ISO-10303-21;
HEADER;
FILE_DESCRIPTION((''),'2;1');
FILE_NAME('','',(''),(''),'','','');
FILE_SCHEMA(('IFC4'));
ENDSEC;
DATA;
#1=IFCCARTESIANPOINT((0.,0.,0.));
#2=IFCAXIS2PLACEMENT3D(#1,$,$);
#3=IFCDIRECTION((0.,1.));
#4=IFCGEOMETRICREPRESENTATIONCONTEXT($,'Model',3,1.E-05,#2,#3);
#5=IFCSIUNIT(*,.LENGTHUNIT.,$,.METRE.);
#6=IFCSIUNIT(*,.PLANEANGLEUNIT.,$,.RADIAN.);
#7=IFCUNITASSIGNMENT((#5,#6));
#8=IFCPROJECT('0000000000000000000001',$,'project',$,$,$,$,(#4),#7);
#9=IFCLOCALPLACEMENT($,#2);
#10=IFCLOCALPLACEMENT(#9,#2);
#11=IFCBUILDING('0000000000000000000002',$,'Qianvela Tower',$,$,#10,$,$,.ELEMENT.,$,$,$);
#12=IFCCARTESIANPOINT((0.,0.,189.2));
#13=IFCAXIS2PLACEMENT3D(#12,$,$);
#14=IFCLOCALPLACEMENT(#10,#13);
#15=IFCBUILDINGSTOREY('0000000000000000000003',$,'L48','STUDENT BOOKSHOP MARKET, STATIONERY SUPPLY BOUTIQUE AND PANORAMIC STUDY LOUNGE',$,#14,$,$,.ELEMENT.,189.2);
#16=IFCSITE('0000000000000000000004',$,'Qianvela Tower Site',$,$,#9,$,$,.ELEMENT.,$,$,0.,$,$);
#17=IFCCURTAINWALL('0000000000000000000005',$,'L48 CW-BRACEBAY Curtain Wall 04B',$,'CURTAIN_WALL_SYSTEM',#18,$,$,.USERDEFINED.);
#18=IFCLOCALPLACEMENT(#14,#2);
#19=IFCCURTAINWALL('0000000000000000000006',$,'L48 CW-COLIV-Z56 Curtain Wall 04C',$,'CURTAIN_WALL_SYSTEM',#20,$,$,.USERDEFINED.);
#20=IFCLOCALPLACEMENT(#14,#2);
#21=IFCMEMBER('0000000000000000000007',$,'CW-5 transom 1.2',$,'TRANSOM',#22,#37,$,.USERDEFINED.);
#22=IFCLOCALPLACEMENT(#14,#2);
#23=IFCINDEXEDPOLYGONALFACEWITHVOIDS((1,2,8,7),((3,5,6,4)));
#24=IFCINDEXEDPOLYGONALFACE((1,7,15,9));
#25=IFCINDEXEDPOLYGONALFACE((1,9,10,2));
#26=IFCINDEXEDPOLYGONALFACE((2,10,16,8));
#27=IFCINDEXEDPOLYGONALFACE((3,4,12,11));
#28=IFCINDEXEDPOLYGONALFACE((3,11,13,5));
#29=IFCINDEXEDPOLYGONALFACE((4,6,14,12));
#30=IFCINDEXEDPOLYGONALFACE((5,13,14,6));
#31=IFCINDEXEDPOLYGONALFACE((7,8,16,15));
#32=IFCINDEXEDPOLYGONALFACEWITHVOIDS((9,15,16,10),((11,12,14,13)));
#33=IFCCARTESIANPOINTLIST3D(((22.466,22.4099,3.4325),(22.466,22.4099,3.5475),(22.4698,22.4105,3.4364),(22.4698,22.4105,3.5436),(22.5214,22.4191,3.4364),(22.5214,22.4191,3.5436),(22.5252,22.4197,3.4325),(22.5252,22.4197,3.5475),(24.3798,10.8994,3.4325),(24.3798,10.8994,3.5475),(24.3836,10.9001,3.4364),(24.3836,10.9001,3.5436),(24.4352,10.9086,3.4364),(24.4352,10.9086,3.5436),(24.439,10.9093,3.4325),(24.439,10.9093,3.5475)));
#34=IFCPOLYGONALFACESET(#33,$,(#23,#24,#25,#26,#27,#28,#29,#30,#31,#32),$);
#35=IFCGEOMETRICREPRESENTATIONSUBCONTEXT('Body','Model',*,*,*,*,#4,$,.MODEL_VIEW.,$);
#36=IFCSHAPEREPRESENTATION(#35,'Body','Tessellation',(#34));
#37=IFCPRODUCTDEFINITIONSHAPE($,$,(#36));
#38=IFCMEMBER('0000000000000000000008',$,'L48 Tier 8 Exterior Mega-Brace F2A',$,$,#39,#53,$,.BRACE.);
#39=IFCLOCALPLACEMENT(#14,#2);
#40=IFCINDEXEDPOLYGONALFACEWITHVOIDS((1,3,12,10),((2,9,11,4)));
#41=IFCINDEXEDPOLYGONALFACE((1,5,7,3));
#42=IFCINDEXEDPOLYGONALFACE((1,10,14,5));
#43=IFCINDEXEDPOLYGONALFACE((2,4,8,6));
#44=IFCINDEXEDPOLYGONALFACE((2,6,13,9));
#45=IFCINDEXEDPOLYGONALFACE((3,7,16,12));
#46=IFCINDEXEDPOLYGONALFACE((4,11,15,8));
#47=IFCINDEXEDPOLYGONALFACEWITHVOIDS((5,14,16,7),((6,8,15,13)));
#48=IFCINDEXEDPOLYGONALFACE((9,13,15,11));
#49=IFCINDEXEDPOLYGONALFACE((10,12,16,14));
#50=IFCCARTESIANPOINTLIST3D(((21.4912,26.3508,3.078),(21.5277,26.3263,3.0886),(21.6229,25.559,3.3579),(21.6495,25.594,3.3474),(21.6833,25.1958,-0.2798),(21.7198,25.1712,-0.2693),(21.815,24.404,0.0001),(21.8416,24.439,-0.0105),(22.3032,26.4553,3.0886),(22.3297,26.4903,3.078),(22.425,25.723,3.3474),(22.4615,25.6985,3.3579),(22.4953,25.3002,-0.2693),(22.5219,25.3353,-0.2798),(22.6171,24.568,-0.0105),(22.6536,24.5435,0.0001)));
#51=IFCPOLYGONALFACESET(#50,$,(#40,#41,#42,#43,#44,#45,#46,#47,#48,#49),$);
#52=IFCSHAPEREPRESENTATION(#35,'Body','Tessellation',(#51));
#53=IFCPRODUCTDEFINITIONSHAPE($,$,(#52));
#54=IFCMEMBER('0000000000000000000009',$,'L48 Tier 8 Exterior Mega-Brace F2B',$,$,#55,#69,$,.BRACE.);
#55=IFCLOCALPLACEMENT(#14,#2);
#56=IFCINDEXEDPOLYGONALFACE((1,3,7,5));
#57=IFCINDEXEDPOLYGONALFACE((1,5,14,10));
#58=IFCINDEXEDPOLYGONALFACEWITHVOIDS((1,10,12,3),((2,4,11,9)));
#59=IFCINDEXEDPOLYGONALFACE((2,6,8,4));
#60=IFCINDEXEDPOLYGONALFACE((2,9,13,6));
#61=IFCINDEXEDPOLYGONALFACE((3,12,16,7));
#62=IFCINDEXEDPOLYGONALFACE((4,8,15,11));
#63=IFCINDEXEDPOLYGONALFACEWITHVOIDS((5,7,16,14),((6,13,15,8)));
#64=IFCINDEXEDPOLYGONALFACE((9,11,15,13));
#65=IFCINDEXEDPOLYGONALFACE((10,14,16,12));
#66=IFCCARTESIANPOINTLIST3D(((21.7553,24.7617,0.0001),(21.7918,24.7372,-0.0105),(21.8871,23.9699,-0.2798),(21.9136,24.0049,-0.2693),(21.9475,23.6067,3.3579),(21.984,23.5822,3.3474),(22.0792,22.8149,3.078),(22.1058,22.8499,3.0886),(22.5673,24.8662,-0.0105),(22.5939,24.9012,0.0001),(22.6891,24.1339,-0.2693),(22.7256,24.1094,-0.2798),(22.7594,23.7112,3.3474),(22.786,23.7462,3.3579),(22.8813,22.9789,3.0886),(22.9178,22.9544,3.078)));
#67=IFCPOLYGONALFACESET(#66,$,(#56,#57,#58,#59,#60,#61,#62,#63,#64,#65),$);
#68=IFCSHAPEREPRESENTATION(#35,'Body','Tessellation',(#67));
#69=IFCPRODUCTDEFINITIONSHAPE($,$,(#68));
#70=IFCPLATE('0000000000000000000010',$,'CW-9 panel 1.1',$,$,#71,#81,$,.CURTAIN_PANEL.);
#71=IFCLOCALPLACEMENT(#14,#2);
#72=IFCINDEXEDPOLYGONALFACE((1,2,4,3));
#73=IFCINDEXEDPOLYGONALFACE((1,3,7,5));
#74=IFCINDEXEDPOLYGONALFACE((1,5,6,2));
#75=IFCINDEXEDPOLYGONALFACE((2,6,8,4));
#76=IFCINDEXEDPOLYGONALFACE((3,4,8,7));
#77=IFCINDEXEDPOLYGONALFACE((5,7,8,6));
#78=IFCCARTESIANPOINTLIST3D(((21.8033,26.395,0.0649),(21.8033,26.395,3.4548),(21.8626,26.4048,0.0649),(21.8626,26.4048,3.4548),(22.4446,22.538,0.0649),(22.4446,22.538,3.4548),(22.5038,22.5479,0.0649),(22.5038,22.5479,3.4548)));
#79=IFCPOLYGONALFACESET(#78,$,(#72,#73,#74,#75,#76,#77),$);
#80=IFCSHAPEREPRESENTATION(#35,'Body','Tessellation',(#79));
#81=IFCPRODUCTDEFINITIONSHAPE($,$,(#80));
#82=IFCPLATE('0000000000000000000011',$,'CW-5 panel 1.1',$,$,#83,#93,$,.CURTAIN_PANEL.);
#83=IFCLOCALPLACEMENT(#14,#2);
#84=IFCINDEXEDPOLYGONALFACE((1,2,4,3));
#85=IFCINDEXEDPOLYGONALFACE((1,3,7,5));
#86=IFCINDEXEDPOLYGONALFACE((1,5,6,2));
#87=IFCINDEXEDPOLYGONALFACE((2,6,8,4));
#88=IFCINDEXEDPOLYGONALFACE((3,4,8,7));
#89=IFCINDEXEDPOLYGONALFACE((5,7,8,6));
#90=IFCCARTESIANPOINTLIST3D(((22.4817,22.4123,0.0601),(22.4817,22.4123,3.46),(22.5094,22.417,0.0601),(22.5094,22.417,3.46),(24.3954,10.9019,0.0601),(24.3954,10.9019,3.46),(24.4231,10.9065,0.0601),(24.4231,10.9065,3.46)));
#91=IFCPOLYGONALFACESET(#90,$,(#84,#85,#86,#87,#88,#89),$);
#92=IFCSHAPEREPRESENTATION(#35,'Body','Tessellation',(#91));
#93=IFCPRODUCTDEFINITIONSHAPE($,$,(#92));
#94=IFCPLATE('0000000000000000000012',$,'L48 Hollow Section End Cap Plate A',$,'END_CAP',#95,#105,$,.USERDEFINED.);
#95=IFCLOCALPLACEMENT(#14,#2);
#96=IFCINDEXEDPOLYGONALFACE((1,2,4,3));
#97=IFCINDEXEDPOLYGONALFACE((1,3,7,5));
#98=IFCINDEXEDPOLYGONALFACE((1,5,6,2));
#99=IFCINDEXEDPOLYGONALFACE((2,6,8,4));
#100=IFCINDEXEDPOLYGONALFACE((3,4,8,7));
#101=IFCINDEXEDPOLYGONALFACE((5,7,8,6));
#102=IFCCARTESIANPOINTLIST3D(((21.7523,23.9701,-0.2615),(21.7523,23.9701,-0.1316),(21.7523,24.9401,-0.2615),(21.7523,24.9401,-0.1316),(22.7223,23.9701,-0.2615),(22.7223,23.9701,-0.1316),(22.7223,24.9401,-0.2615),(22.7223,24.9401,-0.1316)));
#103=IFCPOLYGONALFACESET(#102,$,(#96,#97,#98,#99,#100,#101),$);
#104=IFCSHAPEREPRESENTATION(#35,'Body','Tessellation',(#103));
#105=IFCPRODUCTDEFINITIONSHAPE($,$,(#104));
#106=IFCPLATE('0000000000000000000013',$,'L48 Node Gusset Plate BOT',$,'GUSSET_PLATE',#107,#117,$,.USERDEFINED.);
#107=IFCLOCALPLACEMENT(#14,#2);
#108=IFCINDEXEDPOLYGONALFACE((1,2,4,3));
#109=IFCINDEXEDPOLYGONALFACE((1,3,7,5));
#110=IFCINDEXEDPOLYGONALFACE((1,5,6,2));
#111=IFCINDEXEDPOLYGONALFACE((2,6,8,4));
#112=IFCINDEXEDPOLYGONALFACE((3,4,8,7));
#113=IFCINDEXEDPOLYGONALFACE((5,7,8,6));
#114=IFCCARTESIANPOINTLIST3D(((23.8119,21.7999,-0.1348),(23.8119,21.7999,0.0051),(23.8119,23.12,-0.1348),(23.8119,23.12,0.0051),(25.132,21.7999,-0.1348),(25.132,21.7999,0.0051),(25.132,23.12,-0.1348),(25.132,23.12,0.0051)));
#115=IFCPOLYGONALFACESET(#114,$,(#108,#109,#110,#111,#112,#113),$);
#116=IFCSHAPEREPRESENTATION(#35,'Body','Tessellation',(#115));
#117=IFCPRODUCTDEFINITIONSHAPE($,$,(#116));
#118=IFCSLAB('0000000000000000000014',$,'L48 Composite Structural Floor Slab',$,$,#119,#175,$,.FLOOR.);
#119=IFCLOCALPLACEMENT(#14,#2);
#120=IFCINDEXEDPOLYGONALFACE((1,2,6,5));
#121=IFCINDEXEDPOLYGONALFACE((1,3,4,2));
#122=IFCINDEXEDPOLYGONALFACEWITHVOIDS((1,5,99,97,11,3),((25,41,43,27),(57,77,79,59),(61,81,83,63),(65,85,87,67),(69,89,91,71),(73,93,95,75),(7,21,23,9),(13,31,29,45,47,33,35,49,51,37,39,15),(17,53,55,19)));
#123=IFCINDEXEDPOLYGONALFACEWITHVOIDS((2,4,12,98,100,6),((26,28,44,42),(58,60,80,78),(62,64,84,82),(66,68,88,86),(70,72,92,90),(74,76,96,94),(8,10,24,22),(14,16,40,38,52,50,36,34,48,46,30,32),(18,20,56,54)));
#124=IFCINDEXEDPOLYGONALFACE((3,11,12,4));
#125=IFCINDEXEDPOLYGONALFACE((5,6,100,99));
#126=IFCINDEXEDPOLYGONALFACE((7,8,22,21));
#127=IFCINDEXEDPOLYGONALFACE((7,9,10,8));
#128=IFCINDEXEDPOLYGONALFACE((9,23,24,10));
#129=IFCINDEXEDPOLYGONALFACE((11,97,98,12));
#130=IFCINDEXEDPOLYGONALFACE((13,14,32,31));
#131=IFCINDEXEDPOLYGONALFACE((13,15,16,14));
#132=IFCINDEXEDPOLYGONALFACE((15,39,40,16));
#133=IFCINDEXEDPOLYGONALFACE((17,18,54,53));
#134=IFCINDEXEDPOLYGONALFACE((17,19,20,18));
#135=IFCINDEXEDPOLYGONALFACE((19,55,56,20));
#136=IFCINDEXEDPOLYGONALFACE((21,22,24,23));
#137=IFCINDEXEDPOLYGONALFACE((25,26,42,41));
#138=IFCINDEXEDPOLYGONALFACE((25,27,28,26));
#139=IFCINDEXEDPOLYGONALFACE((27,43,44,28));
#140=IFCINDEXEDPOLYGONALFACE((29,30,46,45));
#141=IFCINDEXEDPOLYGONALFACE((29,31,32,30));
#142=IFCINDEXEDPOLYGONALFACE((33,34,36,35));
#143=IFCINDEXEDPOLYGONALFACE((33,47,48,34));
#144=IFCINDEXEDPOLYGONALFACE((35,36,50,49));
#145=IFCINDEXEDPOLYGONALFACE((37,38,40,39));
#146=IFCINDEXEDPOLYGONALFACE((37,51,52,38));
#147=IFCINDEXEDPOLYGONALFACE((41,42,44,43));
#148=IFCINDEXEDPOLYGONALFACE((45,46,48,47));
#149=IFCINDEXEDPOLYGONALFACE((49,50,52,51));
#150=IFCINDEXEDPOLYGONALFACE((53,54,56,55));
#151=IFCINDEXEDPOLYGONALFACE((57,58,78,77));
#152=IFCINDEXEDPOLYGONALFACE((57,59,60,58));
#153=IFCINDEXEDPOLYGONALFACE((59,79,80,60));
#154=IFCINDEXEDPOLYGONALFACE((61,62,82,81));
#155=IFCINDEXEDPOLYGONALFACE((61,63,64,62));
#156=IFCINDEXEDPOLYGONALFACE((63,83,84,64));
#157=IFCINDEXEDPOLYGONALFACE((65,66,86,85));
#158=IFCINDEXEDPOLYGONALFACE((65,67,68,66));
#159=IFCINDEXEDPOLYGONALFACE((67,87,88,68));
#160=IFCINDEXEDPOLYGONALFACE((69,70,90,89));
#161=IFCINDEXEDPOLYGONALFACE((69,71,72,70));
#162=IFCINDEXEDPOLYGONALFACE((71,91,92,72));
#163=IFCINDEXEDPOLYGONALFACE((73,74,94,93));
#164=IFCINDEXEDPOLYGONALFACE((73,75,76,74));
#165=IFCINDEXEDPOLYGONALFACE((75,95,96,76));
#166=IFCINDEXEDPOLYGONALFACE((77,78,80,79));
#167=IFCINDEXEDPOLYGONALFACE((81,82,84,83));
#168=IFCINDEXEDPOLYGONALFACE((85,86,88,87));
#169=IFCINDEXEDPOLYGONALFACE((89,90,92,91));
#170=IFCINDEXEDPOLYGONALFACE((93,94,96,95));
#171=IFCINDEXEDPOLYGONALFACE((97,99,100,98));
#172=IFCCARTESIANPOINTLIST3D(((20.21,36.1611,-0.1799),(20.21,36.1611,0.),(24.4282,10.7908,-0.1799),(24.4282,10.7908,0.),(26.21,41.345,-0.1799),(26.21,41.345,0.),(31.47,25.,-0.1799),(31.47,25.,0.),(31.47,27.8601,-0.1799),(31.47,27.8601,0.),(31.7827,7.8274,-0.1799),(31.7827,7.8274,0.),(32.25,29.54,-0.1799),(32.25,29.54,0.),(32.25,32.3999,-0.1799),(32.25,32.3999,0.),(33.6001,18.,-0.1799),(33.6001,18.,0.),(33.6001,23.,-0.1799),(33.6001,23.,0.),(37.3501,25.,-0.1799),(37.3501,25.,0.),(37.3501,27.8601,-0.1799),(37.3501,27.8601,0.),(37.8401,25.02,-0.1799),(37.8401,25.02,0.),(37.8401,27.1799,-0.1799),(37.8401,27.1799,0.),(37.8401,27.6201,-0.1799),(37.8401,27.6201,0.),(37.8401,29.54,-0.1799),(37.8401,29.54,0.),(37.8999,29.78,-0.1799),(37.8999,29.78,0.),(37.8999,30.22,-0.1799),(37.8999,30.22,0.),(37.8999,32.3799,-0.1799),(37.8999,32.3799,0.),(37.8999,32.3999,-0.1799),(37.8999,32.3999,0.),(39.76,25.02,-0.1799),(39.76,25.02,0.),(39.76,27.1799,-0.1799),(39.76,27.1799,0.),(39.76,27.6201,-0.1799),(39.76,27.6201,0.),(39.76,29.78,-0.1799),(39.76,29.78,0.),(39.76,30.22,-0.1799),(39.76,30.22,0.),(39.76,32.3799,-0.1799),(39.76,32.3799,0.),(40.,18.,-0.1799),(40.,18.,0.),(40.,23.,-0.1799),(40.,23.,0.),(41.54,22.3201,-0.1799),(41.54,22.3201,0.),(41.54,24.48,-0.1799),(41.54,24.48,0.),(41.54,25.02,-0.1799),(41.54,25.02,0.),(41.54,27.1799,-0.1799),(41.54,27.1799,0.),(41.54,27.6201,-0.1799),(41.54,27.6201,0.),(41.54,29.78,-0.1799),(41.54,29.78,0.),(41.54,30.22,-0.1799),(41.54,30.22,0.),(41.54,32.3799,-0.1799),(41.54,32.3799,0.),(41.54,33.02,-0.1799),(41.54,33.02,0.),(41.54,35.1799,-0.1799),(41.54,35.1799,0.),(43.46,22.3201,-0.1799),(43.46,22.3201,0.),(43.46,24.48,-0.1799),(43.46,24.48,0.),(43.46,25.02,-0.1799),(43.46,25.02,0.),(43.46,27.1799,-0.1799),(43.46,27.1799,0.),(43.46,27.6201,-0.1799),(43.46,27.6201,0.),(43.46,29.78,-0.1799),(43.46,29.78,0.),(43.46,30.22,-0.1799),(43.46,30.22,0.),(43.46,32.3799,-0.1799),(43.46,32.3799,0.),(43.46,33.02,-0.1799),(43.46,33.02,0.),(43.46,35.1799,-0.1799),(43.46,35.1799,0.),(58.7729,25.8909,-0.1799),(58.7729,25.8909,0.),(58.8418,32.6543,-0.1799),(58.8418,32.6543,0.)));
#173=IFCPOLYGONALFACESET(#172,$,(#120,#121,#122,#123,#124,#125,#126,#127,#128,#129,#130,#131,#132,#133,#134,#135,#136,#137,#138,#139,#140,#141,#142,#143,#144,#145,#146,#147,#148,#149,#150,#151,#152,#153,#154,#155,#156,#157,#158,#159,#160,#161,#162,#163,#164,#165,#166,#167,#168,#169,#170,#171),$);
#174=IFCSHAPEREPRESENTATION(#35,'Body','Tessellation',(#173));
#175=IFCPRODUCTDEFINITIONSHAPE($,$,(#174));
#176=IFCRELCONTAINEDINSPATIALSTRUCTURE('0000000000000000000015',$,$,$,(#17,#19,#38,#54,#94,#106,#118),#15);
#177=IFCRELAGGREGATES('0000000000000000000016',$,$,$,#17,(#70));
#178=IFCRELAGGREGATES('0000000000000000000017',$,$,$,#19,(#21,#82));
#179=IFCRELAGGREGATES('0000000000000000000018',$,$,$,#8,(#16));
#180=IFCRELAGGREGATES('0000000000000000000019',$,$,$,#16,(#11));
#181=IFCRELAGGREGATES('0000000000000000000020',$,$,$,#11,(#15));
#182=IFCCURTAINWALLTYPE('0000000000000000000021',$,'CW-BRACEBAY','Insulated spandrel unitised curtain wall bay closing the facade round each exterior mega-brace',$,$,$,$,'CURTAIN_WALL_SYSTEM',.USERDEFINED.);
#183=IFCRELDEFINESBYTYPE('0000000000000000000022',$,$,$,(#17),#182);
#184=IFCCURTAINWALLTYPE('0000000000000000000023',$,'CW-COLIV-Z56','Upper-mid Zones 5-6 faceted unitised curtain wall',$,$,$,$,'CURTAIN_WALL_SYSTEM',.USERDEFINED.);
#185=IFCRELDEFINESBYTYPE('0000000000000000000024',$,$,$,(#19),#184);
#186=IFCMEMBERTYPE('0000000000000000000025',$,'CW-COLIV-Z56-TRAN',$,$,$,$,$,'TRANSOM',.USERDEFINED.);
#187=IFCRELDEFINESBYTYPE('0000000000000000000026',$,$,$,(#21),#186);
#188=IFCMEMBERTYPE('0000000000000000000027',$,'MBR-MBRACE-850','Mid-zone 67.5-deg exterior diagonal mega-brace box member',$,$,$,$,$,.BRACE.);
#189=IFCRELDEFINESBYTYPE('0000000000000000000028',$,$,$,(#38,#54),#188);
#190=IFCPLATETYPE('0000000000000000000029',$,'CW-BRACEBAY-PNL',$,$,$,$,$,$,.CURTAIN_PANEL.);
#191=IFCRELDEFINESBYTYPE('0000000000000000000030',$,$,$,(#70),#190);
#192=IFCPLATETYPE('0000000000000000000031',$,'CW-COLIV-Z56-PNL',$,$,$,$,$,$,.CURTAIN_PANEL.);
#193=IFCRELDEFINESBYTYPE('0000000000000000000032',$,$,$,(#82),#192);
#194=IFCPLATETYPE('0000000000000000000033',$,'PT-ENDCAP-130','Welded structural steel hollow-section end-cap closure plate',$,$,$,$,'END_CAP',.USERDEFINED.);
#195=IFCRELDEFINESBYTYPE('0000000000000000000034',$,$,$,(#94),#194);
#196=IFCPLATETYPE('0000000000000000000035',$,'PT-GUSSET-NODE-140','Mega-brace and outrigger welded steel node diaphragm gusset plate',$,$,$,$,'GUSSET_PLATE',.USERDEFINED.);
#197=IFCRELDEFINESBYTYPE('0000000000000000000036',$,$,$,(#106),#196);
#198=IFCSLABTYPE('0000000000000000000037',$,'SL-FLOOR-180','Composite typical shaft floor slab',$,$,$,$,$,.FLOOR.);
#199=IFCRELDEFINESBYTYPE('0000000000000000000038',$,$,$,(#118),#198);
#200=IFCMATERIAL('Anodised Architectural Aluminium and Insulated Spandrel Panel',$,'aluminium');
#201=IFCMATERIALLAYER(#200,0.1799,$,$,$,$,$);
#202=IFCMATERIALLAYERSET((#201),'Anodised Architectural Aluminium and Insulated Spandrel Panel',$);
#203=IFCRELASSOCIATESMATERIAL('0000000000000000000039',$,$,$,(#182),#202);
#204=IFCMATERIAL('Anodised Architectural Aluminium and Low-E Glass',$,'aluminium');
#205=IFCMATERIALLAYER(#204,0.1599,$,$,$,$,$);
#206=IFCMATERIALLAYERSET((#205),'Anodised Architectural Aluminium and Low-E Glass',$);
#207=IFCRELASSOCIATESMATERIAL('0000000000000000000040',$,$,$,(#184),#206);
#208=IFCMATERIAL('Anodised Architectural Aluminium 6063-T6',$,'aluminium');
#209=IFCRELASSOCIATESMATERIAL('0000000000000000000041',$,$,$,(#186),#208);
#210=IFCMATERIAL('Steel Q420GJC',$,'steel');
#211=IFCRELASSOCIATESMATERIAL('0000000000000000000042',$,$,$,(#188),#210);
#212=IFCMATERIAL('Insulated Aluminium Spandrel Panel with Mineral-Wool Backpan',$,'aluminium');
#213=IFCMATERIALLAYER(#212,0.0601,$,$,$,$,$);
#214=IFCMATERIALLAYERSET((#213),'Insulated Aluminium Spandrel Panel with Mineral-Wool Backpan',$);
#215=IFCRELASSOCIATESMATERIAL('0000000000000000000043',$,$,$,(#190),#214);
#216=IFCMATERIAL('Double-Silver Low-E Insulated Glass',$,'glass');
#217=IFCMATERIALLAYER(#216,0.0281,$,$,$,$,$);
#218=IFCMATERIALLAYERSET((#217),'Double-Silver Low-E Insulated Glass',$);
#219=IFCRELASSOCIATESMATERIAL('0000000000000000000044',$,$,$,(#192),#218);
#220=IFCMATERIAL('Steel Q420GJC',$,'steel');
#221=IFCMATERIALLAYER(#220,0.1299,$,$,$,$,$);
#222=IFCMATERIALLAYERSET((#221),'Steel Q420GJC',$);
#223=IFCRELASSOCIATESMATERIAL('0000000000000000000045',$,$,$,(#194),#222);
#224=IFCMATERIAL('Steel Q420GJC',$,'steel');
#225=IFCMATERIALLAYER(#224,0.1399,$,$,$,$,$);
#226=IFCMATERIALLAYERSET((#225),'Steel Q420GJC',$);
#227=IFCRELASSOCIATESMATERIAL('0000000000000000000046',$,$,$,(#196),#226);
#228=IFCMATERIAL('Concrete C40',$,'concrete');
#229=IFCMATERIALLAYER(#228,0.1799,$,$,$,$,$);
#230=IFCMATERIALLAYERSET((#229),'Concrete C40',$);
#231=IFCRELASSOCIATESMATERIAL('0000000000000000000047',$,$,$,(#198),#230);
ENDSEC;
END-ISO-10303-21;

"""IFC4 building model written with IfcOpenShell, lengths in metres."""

from ifc_helpers import new_model, si_unit, direction, frame, origin, origin_2d, place, context, subcontext, project, spatial, polyline, rectangle, hollow_rectangle, outline, extrude, material, layer, layer_set, material_profile, profile_set, type_object, element, aggregate, save


model = new_model("IFC4")

# Units and contexts
model_context = context("Model", 3, precision=1e-05, world=origin(), true_north=direction((0.0, 1.0)))
body_context = subcontext(model_context, "Body", "Model", "MODEL_VIEW")
ifc_project = project(units=[si_unit("LENGTHUNIT", "METRE"), si_unit("PLANEANGLEUNIT", "RADIAN")], contexts=[model_context])

# Site, building, storey
site_placement = place(None, origin())
site = spatial("IfcSite", under=ifc_project, at=site_placement, Name="Qianvela Tower Site", CompositionType="ELEMENT", RefElevation=0.0)
building_placement = place(site_placement, origin())
building = spatial("IfcBuilding", under=site, at=building_placement, Name="Qianvela Tower", CompositionType="ELEMENT")
storey_placement = place(building_placement, frame((0.0, 0.0, 189.2)))
storey = spatial("IfcBuildingStorey", under=building, at=storey_placement, Name="L48", Description="STUDENT BOOKSHOP MARKET, STATIONERY SUPPLY BOUTIQUE AND PANORAMIC STUDY LOUNGE", CompositionType="ELEMENT", Elevation=189.2)

# Curtain wall
ifc_material_1 = material(Name="Anodised Architectural Aluminium and Insulated Spandrel Panel", Category="aluminium")
ifc_layer_1 = layer(ifc_material_1, 0.1799)
ifc_layer_set_1 = layer_set([ifc_layer_1], Name="Anodised Architectural Aluminium and Insulated Spandrel Panel")
curtain_wall_type_1 = type_object("IfcCurtainWallType", Name="CW-BRACEBAY", Description="Insulated spandrel unitised curtain wall bay closing the facade round each exterior mega-brace", ElementType="CURTAIN_WALL_SYSTEM", PredefinedType="USERDEFINED", material=ifc_layer_set_1)
curtain_wall_1_placement = place(storey_placement, origin())
curtain_wall_1 = element("IfcCurtainWall", 1, at=curtain_wall_1_placement, inside=storey, type_object=curtain_wall_type_1, Name="L48 CW-BRACEBAY Curtain Wall 04B", ObjectType="CURTAIN_WALL_SYSTEM", PredefinedType="USERDEFINED")

# Curtain wall, member
ifc_material_2 = material(Name="Anodised Architectural Aluminium and Low-E Glass", Category="aluminium")
ifc_layer_2 = layer(ifc_material_2, 0.1599)
ifc_layer_set_2 = layer_set([ifc_layer_2], Name="Anodised Architectural Aluminium and Low-E Glass")
curtain_wall_type_2 = type_object("IfcCurtainWallType", Name="CW-COLIV-Z56", Description="Upper-mid Zones 5-6 faceted unitised curtain wall", ElementType="CURTAIN_WALL_SYSTEM", PredefinedType="USERDEFINED", material=ifc_layer_set_2)
curtain_wall_2_placement = place(storey_placement, origin())
curtain_wall_2 = element("IfcCurtainWall", 2, at=curtain_wall_2_placement, inside=storey, type_object=curtain_wall_type_2, Name="L48 CW-COLIV-Z56 Curtain Wall 04C", ObjectType="CURTAIN_WALL_SYSTEM", PredefinedType="USERDEFINED")
ifc_material_3 = material(Name="Anodised Architectural Aluminium 6063-T6", Category="aluminium")
ifc_material_profile_1 = material_profile(ifc_material_3, hollow_rectangle(XDim=0.0601, YDim=0.115, WallThickness=0.0039, at=origin_2d()), Name="ALU-TRAN-60x115")
ifc_profile_set_1 = profile_set([ifc_material_profile_1], Name="Anodised Architectural Aluminium 6063-T6")
member_type_1 = type_object("IfcMemberType", Name="CW-COLIV-Z56-TRAN", ElementType="TRANSOM", PredefinedType="USERDEFINED", material=ifc_profile_set_1)
member_1_placement = place(storey_placement, frame((22.4956, 22.4148, 3.49), z_axis=(0.164016, -0.986458, 0.0), x_axis=(0.986458, 0.164016, 0.0)))
member_1 = element("IfcMember", 3, at=member_1_placement, type_object=member_type_1, Name="CW-5 transom 1.2", ObjectType="TRANSOM", PredefinedType="USERDEFINED", context=body_context, shape_type="SweptSolid", body=[
    extrude(hollow_rectangle(XDim=0.0601, YDim=0.115, WallThickness=0.0039, at=origin_2d()), origin(), (0.0, 0.0, 1.0), 11.6685),
])

# Members
ifc_material_4 = material(Name="Steel Q420GJC", Category="steel")
ifc_material_profile_2 = material_profile(ifc_material_4, hollow_rectangle(XDim=0.8501, YDim=0.8501, WallThickness=0.032, at=origin_2d()), Name="MBOX-850x850x32")
ifc_profile_set_2 = profile_set([ifc_material_profile_2], Name="Steel Q420GJC")
member_type_2 = type_object("IfcMemberType", Name="MBR-MBRACE-850", Description="Mid-zone 67.5-deg exterior diagonal mega-brace box member", PredefinedType="BRACE", material=ifc_profile_set_2)
for number, where, z_axis, x_axis, name in (
    (4, (22.1685, 24.8696, -0.1399), (-0.054029, 0.324793, 0.944241), (-0.986445, -0.164095, 0.0), "L48 Tier 8 Exterior Mega-Brace F2A"),
    (5, (22.2405, 24.4355, -0.1399), (0.054029, -0.324793, 0.944241), (0.986445, 0.164095, 0.0), "L48 Tier 8 Exterior Mega-Brace F2B"),
):
    element("IfcMember", number, at=place(storey_placement, frame(where, z_axis=z_axis, x_axis=x_axis)), inside=storey, type_object=member_type_2, Name=name, PredefinedType="BRACE", context=body_context, shape_type="SweptSolid", body=[
        extrude(hollow_rectangle(XDim=0.8501, YDim=0.8501, WallThickness=0.032, at=origin_2d()), origin(), (0.0, 0.0, 1.0), 3.5562),
    ])

# Plates
ifc_material_5 = material(Name="Insulated Aluminium Spandrel Panel with Mineral-Wool Backpan", Category="aluminium")
ifc_layer_3 = layer(ifc_material_5, 0.0601)
ifc_layer_set_3 = layer_set([ifc_layer_3], Name="Insulated Aluminium Spandrel Panel with Mineral-Wool Backpan")
plate_type_1 = type_object("IfcPlateType", Name="CW-BRACEBAY-PNL", PredefinedType="CURTAIN_PANEL", material=ifc_layer_set_3)
plate_1_placement = place(storey_placement, frame((22.1536, 24.4714, 0.0649), z_axis=(0.0, 0.0, 1.0), x_axis=(0.16401, -0.986459, 0.0)))
plate_1 = element("IfcPlate", 6, at=plate_1_placement, type_object=plate_type_1, Name="CW-9 panel 1.1", PredefinedType="CURTAIN_PANEL", context=body_context, shape_type="SweptSolid", body=[
    extrude(rectangle(XDim=3.9099, YDim=0.0601, at=origin_2d()), origin(), (0.0, 0.0, 1.0), 3.3899),
])
aggregate(curtain_wall_1, [plate_1])
ifc_material_6 = material(Name="Double-Silver Low-E Insulated Glass", Category="glass")
ifc_layer_4 = layer(ifc_material_6, 0.0281)
ifc_layer_set_4 = layer_set([ifc_layer_4], Name="Double-Silver Low-E Insulated Glass")
plate_type_2 = type_object("IfcPlateType", Name="CW-COLIV-Z56-PNL", PredefinedType="CURTAIN_PANEL", material=ifc_layer_set_4)
plate_2_placement = place(storey_placement, frame((23.4524, 16.6594, 0.0601), z_axis=(0.0, 0.0, 1.0), x_axis=(0.164011, -0.986458, 0.0)))
plate_2 = element("IfcPlate", 7, at=plate_2_placement, type_object=plate_type_2, Name="CW-5 panel 1.1", PredefinedType="CURTAIN_PANEL", context=body_context, shape_type="SweptSolid", body=[
    extrude(rectangle(XDim=11.6685, YDim=0.0281, at=origin_2d()), origin(), (0.0, 0.0, 1.0), 3.3999),
])
aggregate(curtain_wall_2, [member_1, plate_2])

# Plates
ifc_material_7 = material(Name="Steel Q420GJC", Category="steel")
ifc_layer_5 = layer(ifc_material_7, 0.1299)
ifc_layer_set_5 = layer_set([ifc_layer_5], Name="Steel Q420GJC")
plate_type_3 = type_object("IfcPlateType", Name="PT-ENDCAP-130", Description="Welded structural steel hollow-section end-cap closure plate", ElementType="END_CAP", PredefinedType="USERDEFINED", material=ifc_layer_set_5)
plate_3_placement = place(storey_placement, frame((22.2373, 24.4551, -0.2615), z_axis=(0.0, 0.0, 1.0), x_axis=(1.0, 0.0, 0.0)))
element("IfcPlate", 8, at=plate_3_placement, inside=storey, type_object=plate_type_3, Name="L48 Hollow Section End Cap Plate A", ObjectType="END_CAP", PredefinedType="USERDEFINED", context=body_context, shape_type="SweptSolid", body=[
    extrude(rectangle(XDim=0.97, YDim=0.97, at=origin_2d()), origin(), (0.0, 0.0, 1.0), 0.1299),
])
ifc_material_8 = material(Name="Steel Q420GJC", Category="steel")
ifc_layer_6 = layer(ifc_material_8, 0.1399)
ifc_layer_set_6 = layer_set([ifc_layer_6], Name="Steel Q420GJC")
plate_type_4 = type_object("IfcPlateType", Name="PT-GUSSET-NODE-140", Description="Mega-brace and outrigger welded steel node diaphragm gusset plate", ElementType="GUSSET_PLATE", PredefinedType="USERDEFINED", material=ifc_layer_set_6)
plate_4_placement = place(storey_placement, frame((24.4719, 22.46, -0.1348), z_axis=(0.0, 0.0, 1.0), x_axis=(1.0, 0.0, 0.0)))
element("IfcPlate", 9, at=plate_4_placement, inside=storey, type_object=plate_type_4, Name="L48 Node Gusset Plate BOT", ObjectType="GUSSET_PLATE", PredefinedType="USERDEFINED", context=body_context, shape_type="SweptSolid", body=[
    extrude(rectangle(XDim=1.3201, YDim=1.3201, at=origin_2d()), origin(), (0.0, 0.0, 1.0), 0.1399),
])

# Slab
ifc_material_9 = material(Name="Concrete C40", Category="concrete")
ifc_layer_7 = layer(ifc_material_9, 0.1799)
ifc_layer_set_7 = layer_set([ifc_layer_7], Name="Concrete C40")
slab_type_1 = type_object("IfcSlabType", Name="SL-FLOOR-180", Description="Composite typical shaft floor slab", PredefinedType="FLOOR", material=ifc_layer_set_7)
slab_1_placement = place(storey_placement, frame((0.0, 0.0, -0.1799)))
element("IfcSlab", 10, at=slab_1_placement, inside=storey, type_object=slab_type_1, Name="L48 Composite Structural Floor Slab", PredefinedType="FLOOR", context=body_context, shape_type="SweptSolid", body=[
    extrude(outline(polyline([(58.7729, 25.8909), (58.8418, 32.6543), (26.21, 41.345), (20.21, 36.1611), (24.4282, 10.7908), (31.7827, 7.8274), (58.7729, 25.8909)]), holes=[polyline([(40.0, 23.0), (33.6001, 23.0), (33.6001, 18.0), (40.0, 18.0), (40.0, 23.0)]), polyline([(39.76, 27.1799), (37.8401, 27.1799), (37.8401, 25.02), (39.76, 25.02), (39.76, 27.1799)]), polyline([(37.3501, 27.8601), (31.47, 27.8601), (31.47, 25.0), (37.3501, 25.0), (37.3501, 27.8601)]), polyline([(37.8401, 27.6201), (39.76, 27.6201), (39.76, 29.78), (37.8999, 29.78), (37.8999, 30.22), (39.76, 30.22), (39.76, 32.3799), (37.8999, 32.3799), (37.8999, 32.3999), (32.25, 32.3999), (32.25, 29.54), (37.8401, 29.54), (37.8401, 27.6201)]), polyline([(43.46, 22.3201), (43.46, 24.48), (41.54, 24.48), (41.54, 22.3201), (43.46, 22.3201)]), polyline([(43.46, 25.02), (43.46, 27.1799), (41.54, 27.1799), (41.54, 25.02), (43.46, 25.02)]), polyline([(43.46, 29.78), (41.54, 29.78), (41.54, 27.6201), (43.46, 27.6201), (43.46, 29.78)]), polyline([(43.46, 30.22), (43.46, 32.3799), (41.54, 32.3799), (41.54, 30.22), (43.46, 30.22)]), polyline([(43.46, 33.02), (43.46, 35.1799), (41.54, 35.1799), (41.54, 33.02), (43.46, 33.02)])]), origin(), (0.0, 0.0, 1.0), 0.1799),
])

save(model, "model.ifc")
